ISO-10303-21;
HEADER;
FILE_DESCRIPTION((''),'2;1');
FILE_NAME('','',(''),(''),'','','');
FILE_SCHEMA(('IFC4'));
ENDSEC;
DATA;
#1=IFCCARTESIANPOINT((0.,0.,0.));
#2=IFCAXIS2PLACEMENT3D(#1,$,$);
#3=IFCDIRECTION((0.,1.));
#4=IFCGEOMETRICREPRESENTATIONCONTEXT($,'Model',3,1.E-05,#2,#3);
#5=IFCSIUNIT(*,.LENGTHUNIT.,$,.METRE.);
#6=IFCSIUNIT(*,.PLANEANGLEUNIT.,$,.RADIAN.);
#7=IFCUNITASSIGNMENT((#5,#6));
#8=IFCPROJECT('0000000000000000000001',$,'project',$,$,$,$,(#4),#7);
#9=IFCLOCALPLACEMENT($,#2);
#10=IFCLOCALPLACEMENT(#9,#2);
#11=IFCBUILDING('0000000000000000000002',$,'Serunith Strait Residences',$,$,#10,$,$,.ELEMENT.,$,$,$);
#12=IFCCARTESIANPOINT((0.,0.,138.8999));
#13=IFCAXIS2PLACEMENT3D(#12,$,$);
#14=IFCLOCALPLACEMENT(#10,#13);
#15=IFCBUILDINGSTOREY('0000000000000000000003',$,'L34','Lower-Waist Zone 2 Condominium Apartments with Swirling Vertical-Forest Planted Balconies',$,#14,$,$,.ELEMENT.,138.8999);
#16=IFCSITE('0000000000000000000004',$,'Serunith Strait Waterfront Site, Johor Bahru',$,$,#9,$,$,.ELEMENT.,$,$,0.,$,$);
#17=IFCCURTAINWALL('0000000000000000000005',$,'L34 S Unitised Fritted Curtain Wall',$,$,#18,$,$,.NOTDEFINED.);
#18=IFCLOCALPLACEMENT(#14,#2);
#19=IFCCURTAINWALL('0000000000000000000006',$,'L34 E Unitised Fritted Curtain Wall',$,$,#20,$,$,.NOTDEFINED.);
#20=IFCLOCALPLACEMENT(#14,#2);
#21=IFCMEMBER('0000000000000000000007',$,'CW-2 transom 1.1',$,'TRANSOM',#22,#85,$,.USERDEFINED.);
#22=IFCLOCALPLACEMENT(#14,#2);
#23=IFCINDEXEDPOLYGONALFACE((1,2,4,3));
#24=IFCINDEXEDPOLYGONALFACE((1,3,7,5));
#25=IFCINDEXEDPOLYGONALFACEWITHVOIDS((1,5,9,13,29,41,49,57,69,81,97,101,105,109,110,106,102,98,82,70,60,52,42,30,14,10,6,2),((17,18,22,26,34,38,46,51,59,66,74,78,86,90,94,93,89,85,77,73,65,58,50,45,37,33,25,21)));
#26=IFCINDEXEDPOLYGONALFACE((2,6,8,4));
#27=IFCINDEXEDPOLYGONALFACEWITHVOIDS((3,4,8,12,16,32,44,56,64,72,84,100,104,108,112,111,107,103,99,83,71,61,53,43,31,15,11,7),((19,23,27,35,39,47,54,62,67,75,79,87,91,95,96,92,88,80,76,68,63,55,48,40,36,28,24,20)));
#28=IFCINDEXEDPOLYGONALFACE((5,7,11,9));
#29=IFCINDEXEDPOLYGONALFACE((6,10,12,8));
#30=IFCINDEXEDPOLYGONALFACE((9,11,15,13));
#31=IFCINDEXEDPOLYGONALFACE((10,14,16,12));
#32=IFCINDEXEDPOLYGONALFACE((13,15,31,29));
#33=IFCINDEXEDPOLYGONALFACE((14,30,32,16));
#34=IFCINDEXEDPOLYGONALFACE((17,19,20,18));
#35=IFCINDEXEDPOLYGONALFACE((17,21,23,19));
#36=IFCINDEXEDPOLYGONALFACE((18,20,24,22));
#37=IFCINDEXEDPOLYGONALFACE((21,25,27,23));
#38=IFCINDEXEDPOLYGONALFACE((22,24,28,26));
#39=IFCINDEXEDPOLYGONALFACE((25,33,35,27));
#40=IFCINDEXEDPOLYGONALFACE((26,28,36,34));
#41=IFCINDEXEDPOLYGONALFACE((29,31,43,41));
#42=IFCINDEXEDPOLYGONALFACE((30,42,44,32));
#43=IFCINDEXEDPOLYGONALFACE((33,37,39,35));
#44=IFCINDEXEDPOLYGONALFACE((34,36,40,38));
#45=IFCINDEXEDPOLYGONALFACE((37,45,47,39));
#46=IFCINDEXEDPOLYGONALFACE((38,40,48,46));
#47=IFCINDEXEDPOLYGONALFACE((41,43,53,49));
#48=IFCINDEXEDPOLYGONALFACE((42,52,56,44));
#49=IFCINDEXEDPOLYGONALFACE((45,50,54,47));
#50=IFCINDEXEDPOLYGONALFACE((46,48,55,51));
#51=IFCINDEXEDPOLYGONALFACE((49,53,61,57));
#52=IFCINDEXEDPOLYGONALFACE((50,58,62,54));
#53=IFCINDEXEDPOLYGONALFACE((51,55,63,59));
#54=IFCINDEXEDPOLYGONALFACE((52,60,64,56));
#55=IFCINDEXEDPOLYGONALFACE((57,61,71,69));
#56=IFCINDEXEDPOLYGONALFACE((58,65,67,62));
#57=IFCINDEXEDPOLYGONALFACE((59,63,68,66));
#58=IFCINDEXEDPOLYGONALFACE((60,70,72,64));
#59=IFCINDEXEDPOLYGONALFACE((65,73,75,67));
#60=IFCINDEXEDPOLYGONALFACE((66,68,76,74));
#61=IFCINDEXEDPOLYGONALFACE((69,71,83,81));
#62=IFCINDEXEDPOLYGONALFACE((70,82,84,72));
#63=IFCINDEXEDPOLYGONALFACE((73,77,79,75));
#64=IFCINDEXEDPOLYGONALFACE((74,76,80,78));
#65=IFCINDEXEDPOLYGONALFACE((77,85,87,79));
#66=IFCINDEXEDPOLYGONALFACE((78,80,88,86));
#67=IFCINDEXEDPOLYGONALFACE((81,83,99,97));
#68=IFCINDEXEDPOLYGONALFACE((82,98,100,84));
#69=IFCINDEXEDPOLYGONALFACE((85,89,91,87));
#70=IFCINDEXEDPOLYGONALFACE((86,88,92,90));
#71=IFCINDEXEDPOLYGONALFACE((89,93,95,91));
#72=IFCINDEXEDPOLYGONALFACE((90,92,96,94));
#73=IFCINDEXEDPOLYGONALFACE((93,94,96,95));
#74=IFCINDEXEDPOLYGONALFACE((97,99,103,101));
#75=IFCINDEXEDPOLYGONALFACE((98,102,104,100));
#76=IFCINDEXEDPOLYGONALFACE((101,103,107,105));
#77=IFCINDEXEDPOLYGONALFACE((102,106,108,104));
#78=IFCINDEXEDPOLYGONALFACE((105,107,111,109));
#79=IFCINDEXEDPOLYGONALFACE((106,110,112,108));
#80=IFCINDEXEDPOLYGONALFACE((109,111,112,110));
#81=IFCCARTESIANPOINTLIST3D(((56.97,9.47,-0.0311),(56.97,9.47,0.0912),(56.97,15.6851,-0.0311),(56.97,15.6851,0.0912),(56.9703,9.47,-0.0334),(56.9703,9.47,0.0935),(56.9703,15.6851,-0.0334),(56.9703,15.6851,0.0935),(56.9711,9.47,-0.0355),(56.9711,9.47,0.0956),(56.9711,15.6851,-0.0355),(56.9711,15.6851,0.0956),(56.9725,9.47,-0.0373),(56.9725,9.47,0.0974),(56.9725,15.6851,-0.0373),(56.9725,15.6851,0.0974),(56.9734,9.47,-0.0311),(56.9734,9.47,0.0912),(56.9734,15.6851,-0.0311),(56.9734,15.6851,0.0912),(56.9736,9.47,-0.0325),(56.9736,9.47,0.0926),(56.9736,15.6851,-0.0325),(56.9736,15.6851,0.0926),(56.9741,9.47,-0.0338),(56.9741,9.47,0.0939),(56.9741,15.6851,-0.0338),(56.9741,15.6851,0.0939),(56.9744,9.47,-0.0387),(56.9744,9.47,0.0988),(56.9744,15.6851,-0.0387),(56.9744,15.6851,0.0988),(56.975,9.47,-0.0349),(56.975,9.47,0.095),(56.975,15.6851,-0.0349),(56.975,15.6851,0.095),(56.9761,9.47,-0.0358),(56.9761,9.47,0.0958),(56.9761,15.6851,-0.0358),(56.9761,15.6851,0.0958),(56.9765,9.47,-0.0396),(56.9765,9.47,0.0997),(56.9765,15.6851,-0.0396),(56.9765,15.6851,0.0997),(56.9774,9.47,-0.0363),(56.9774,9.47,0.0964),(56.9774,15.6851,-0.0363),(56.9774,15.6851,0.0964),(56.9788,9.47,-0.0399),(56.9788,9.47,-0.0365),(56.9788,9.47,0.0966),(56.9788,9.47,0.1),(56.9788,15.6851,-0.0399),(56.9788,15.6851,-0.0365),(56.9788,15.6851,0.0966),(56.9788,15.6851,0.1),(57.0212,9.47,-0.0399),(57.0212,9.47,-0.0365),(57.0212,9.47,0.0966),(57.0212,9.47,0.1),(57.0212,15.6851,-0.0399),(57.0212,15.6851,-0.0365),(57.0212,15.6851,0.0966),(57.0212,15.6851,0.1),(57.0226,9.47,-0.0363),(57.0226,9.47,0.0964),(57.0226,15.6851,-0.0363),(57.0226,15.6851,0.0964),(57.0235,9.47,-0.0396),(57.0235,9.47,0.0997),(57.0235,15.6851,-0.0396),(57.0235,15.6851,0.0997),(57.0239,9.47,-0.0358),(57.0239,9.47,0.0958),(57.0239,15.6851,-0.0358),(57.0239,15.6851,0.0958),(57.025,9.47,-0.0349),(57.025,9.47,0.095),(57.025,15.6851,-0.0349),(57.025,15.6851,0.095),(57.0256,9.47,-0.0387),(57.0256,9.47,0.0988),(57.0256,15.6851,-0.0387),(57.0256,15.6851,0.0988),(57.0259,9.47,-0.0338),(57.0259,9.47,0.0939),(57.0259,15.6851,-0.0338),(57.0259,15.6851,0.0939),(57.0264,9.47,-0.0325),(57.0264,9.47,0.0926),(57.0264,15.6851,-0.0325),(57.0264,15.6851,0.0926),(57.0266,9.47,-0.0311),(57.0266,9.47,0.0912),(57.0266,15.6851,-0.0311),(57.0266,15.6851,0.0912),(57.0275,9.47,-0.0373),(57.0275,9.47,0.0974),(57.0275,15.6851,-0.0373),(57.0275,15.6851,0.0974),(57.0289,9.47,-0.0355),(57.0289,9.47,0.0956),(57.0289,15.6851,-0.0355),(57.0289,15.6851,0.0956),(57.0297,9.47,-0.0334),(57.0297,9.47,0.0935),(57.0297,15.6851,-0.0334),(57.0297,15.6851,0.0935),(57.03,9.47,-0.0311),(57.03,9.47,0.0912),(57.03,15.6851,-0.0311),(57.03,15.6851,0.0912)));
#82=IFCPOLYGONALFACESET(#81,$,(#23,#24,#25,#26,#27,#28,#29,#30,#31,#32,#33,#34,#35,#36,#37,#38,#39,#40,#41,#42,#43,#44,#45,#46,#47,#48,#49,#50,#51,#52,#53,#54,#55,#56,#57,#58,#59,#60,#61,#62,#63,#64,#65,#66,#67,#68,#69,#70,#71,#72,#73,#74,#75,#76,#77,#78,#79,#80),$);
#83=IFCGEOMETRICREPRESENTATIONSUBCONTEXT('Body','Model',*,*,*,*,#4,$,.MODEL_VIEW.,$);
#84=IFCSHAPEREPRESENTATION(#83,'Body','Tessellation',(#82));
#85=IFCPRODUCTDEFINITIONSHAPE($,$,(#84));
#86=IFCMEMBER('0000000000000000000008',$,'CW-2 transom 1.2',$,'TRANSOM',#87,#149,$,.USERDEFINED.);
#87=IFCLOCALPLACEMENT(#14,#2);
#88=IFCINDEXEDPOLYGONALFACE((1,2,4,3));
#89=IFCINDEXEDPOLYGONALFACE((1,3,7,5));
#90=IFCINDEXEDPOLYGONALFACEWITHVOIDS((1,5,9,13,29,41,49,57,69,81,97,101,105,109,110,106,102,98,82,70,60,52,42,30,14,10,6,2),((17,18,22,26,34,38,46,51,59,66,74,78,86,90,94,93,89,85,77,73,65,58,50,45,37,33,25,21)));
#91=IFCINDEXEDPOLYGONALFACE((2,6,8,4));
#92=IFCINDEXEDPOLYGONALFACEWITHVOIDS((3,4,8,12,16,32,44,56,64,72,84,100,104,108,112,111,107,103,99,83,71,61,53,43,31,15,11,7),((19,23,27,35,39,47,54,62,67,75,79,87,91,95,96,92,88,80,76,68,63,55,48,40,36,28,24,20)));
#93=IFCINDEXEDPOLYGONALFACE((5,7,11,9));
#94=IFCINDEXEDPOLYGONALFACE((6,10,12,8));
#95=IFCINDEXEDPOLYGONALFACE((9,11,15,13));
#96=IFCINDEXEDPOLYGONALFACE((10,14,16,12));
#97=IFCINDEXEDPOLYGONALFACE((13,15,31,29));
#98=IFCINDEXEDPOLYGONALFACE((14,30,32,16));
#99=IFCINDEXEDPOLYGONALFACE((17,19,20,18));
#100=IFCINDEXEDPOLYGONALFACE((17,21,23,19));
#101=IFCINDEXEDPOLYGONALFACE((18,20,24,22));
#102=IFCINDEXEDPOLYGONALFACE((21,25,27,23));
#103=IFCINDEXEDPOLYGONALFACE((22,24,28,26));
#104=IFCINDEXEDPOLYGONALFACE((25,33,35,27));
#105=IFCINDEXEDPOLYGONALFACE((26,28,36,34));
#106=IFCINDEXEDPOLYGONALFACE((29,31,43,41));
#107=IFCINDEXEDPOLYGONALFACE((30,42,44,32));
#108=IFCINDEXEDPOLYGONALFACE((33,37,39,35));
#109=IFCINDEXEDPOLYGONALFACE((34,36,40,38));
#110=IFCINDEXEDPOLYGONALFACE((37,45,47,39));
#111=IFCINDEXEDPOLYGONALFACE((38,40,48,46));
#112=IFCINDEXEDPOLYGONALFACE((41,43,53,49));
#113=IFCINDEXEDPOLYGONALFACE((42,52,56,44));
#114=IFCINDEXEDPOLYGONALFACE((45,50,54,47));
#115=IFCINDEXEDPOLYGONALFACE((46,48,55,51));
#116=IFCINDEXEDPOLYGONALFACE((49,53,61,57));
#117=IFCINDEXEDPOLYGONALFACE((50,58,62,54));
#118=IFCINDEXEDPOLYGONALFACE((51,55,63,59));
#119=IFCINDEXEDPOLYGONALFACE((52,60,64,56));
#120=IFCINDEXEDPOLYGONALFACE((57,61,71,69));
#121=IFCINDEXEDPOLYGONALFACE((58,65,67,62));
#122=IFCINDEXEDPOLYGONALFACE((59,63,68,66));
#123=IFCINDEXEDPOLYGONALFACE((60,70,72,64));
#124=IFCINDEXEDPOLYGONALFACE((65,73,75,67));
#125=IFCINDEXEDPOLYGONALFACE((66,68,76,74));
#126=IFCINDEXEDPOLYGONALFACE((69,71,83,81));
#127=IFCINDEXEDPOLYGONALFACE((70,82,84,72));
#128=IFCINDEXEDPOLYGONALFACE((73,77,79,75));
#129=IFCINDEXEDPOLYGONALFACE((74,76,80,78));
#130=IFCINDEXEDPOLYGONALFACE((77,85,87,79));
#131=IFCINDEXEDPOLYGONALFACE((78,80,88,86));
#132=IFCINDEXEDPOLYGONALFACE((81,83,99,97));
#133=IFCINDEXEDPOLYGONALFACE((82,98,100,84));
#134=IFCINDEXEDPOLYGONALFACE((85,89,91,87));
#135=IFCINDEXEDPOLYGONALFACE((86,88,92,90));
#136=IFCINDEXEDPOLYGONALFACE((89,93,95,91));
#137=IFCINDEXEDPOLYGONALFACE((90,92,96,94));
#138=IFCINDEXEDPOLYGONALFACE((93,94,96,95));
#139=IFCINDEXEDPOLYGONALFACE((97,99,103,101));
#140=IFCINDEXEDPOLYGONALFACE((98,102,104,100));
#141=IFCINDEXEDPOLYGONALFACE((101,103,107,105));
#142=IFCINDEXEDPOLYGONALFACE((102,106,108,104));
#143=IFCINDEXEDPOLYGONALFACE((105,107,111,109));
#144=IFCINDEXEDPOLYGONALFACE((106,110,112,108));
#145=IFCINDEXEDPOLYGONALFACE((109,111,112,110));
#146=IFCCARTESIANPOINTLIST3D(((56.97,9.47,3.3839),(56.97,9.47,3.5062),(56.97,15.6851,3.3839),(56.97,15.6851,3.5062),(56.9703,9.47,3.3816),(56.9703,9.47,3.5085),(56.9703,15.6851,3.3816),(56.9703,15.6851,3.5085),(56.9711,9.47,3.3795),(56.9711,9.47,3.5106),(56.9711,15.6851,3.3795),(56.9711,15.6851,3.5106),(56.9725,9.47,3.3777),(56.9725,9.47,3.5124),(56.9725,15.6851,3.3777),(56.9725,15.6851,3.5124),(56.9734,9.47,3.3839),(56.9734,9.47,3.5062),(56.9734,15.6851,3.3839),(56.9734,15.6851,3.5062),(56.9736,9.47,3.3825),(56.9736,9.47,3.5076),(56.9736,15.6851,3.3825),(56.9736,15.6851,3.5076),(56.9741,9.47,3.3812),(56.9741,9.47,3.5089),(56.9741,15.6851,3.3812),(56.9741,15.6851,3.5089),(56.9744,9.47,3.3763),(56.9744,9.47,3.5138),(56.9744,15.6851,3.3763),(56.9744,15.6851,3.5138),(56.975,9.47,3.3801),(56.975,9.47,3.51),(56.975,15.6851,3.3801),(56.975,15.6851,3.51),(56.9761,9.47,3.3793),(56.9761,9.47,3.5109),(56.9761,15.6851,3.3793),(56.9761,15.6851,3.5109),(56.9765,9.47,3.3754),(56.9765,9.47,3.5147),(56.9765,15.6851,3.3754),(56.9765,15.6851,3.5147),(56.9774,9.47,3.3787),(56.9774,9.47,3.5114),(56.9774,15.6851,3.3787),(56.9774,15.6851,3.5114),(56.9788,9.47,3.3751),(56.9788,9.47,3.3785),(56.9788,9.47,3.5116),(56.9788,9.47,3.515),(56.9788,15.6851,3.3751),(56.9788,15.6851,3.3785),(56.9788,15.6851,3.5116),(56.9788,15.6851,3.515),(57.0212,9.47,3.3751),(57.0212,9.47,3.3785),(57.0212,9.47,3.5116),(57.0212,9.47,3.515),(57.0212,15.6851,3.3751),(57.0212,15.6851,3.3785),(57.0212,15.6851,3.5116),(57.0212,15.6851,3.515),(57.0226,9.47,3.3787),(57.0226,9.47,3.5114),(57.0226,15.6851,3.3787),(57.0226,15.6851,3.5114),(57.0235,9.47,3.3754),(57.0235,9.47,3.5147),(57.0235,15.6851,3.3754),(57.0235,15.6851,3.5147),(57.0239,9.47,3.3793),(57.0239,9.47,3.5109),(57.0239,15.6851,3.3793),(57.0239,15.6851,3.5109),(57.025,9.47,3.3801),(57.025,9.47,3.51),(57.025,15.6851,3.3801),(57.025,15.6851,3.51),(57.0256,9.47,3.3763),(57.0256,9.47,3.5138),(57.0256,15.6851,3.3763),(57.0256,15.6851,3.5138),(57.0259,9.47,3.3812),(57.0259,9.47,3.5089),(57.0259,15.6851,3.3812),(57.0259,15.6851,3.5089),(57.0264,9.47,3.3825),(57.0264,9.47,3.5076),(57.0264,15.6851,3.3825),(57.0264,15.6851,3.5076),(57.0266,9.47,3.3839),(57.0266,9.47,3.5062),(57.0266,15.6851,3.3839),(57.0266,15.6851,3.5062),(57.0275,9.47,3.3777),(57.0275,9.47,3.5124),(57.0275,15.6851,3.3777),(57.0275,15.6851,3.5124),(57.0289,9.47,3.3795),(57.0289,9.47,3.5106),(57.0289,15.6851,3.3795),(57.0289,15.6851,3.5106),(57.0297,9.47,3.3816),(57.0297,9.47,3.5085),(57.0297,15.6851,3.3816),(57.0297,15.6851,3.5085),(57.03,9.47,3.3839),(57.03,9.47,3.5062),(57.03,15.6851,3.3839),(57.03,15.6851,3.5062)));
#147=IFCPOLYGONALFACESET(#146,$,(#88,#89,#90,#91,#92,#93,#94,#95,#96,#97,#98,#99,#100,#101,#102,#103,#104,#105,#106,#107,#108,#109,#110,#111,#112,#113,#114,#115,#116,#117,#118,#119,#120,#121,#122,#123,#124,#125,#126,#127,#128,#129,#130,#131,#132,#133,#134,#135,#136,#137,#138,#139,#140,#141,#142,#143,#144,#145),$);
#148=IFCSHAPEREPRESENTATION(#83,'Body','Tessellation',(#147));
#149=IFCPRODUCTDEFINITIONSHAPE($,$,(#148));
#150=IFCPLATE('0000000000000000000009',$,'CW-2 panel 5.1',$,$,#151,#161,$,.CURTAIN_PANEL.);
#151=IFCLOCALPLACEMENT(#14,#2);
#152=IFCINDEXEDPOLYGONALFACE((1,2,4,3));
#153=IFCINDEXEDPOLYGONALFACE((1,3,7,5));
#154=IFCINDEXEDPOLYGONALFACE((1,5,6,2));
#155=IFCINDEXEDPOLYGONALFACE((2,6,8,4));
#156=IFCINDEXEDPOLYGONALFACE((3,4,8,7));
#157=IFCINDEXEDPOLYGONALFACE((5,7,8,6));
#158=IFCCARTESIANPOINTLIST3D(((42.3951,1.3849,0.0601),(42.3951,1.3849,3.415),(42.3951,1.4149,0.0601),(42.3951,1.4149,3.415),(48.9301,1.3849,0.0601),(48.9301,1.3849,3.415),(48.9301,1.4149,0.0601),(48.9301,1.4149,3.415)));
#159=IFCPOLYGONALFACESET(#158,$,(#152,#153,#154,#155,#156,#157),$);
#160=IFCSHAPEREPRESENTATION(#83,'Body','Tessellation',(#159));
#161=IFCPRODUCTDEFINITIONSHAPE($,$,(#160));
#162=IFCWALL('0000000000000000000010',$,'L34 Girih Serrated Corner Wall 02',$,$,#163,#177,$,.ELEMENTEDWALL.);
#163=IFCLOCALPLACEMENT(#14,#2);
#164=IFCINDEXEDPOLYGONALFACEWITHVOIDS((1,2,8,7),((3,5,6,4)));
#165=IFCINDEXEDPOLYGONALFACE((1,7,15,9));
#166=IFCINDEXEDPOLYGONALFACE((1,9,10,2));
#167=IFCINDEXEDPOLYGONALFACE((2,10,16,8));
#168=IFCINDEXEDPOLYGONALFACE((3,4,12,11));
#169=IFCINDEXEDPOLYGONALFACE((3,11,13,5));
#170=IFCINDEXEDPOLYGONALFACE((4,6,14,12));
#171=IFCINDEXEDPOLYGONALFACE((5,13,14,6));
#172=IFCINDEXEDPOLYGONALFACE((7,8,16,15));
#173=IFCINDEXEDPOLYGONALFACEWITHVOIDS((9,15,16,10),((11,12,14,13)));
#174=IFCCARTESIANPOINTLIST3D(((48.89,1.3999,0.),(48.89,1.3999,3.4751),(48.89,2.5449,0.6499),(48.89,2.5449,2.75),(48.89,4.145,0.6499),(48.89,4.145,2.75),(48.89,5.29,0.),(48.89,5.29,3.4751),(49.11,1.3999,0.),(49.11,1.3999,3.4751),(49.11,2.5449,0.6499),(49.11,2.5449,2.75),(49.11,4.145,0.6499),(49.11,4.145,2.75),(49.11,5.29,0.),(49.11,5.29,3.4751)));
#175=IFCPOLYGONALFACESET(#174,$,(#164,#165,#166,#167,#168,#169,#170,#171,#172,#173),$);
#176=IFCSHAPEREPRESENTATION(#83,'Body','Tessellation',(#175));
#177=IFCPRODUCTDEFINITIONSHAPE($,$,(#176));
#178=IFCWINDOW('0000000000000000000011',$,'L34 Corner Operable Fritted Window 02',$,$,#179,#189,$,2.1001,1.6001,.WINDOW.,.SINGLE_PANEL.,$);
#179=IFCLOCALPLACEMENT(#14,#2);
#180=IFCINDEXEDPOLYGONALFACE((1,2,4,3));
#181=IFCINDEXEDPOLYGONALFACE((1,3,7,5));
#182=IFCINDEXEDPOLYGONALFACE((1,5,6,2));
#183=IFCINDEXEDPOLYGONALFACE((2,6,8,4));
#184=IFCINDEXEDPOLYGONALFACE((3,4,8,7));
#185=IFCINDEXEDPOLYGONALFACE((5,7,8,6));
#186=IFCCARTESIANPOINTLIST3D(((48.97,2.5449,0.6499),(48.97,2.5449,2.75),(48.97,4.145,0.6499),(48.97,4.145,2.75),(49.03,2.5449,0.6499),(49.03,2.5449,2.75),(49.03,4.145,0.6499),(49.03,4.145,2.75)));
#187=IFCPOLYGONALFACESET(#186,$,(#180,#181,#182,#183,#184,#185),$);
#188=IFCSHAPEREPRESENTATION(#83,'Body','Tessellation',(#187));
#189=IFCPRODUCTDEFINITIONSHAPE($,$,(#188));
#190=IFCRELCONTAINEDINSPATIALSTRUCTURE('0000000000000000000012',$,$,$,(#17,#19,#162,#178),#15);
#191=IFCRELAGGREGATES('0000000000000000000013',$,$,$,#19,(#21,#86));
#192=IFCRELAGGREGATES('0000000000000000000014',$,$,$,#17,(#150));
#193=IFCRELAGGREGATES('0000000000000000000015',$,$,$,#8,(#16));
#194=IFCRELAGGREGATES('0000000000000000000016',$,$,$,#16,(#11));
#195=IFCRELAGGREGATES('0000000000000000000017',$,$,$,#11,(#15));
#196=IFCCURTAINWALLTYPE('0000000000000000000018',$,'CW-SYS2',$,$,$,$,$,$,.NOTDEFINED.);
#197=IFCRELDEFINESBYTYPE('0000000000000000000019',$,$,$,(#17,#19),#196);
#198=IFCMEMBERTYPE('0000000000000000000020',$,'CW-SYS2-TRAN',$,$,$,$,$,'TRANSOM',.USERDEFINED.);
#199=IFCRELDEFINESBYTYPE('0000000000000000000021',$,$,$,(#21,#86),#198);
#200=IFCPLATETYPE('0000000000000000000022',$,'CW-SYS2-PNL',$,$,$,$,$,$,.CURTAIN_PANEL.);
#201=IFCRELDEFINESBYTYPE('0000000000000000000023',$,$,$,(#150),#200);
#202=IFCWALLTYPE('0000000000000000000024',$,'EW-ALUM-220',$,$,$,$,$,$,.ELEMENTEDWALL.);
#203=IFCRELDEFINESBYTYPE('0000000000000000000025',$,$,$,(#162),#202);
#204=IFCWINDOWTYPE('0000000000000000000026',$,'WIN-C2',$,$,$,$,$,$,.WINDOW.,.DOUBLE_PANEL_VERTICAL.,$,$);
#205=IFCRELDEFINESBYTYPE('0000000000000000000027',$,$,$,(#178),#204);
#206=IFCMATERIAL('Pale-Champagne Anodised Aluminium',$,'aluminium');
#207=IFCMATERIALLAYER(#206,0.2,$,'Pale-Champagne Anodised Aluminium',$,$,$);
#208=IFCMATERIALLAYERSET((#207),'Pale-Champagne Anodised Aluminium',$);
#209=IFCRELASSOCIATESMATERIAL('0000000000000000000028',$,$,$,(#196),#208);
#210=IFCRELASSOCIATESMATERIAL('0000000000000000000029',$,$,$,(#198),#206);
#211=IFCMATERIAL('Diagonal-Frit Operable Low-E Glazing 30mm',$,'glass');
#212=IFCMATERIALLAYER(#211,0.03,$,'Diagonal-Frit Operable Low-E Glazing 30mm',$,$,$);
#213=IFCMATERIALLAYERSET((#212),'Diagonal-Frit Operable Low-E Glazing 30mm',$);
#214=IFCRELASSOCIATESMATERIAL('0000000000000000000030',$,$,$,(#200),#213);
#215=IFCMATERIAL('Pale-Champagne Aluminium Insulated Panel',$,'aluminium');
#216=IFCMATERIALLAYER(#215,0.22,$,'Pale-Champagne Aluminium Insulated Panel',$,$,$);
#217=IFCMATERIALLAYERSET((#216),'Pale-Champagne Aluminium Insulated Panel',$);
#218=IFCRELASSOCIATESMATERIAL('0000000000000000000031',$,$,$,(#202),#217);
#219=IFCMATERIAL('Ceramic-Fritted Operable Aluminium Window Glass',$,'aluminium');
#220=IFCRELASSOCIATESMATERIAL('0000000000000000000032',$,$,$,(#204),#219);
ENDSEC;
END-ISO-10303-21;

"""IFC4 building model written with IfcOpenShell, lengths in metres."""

from ifc_helpers import new_model, si_unit, direction, frame, frame_2d, origin, origin_2d, place, context, subcontext, project, spatial, rectangle, hollow_rectangle, extrude, source, transform, mapped, material, layer, layer_set, material_profile, profile_set, type_object, element, fill, aggregate, save


model = new_model("IFC4")

# Units and contexts
model_context = context("Model", 3, precision=1e-05, world=origin(), true_north=direction((0.0, 1.0)))
body_context = subcontext(model_context, "Body", "Model", "MODEL_VIEW")
ifc_project = project(units=[si_unit("LENGTHUNIT", "METRE"), si_unit("PLANEANGLEUNIT", "RADIAN")], contexts=[model_context])

# Site, building, storey
site_placement = place(None, origin())
site = spatial("IfcSite", under=ifc_project, at=site_placement, Name="Serunith Strait Waterfront Site, Johor Bahru", CompositionType="ELEMENT", RefElevation=0.0)
building_placement = place(site_placement, origin())
building = spatial("IfcBuilding", under=site, at=building_placement, Name="Serunith Strait Residences", CompositionType="ELEMENT")
storey_placement = place(building_placement, frame((0.0, 0.0, 138.8999)))
storey = spatial("IfcBuildingStorey", under=building, at=storey_placement, Name="L34", Description="Lower-Waist Zone 2 Condominium Apartments with Swirling Vertical-Forest Planted Balconies", CompositionType="ELEMENT", Elevation=138.8999)

# Curtain wall
ifc_material_1 = material(Name="Pale-Champagne Anodised Aluminium", Category="aluminium")
ifc_layer_1 = layer(ifc_material_1, 0.2, Name="Pale-Champagne Anodised Aluminium")
ifc_layer_set_1 = layer_set([ifc_layer_1], Name="Pale-Champagne Anodised Aluminium")
curtain_wall_type = type_object("IfcCurtainWallType", Name="CW-SYS2", PredefinedType="NOTDEFINED", material=ifc_layer_set_1)
curtain_wall_1_placement = place(storey_placement, origin())
curtain_wall_1 = element("IfcCurtainWall", 1, at=curtain_wall_1_placement, inside=storey, type_object=curtain_wall_type, Name="L34 S Unitised Fritted Curtain Wall", PredefinedType="NOTDEFINED")

# Curtain wall, members
curtain_wall_2_placement = place(storey_placement, origin())
curtain_wall_2 = element("IfcCurtainWall", 2, at=curtain_wall_2_placement, inside=storey, type_object=curtain_wall_type, Name="L34 E Unitised Fritted Curtain Wall", PredefinedType="NOTDEFINED")
ifc_material_profile_1 = material_profile(ifc_material_1, hollow_rectangle(XDim=0.0601, YDim=0.1399, WallThickness=0.0034, InnerFilletRadius=0.0054, OuterFilletRadius=0.0088, at=origin_2d()), Name="ALU 140x60x3.5")
ifc_profile_set_1 = profile_set([ifc_material_profile_1], Name="Pale-Champagne Anodised Aluminium")
member_type_1 = type_object("IfcMemberType", Name="CW-SYS2-TRAN", ElementType="TRANSOM", PredefinedType="USERDEFINED", material=ifc_profile_set_1)
shared_shape_1 = source(origin(), body_context, "Body", "SweptSolid", [
    extrude(hollow_rectangle(XDim=0.0601, YDim=0.1399, WallThickness=0.0034, InnerFilletRadius=0.0054, OuterFilletRadius=0.0088, at=origin_2d()), origin(), (0.0, 0.0, 1.0), 6.2151),
])
member_1_placement = place(storey_placement, frame((57.0, 9.47, 0.03), z_axis=(0.0, 1.0, 0.0), x_axis=(-1.0, 0.0, 0.0)))
member_1 = element("IfcMember", 3, at=member_1_placement, type_object=member_type_1, Name="CW-2 transom 1.1", ObjectType="TRANSOM", PredefinedType="USERDEFINED", context=body_context, shape_type="MappedRepresentation", body=[
    mapped(shared_shape_1, transform((0.0, 0.0, 0.0), scale=1.0)),
])
member_2_placement = place(storey_placement, frame((57.0, 9.47, 3.4451), z_axis=(0.0, 1.0, 0.0), x_axis=(-1.0, 0.0, 0.0)))
member_2 = element("IfcMember", 4, at=member_2_placement, type_object=member_type_1, Name="CW-2 transom 1.2", ObjectType="TRANSOM", PredefinedType="USERDEFINED", context=body_context, shape_type="MappedRepresentation", body=[
    mapped(shared_shape_1, transform((0.0, 0.0, 0.0), scale=1.0)),
])
aggregate(curtain_wall_2, [member_1, member_2])

# Plate
ifc_material_2 = material(Name="Diagonal-Frit Operable Low-E Glazing 30mm", Category="glass")
ifc_layer_2 = layer(ifc_material_2, 0.03, Name="Diagonal-Frit Operable Low-E Glazing 30mm")
ifc_layer_set_2 = layer_set([ifc_layer_2], Name="Diagonal-Frit Operable Low-E Glazing 30mm")
plate_type = type_object("IfcPlateType", Name="CW-SYS2-PNL", PredefinedType="CURTAIN_PANEL", material=ifc_layer_set_2)
shared_shape_2 = source(origin(), body_context, "Body", "SweptSolid", [
    extrude(rectangle(XDim=6.5349, YDim=0.03, at=origin_2d()), origin(), (0.0, 0.0, 1.0), 3.355),
])
plate_placement = place(storey_placement, frame((45.6626, 1.3999, 0.0601), z_axis=(0.0, 0.0, 1.0), x_axis=(1.0, 0.0, 0.0)))
plate = element("IfcPlate", 5, at=plate_placement, type_object=plate_type, Name="CW-2 panel 5.1", PredefinedType="CURTAIN_PANEL", context=body_context, shape_type="MappedRepresentation", body=[
    mapped(shared_shape_2, transform((0.0, 0.0, 0.0), scale=1.0)),
])
aggregate(curtain_wall_1, [plate])

# Wall, opening, window
ifc_material_3 = material(Name="Pale-Champagne Aluminium Insulated Panel", Category="aluminium")
ifc_layer_3 = layer(ifc_material_3, 0.22, Name="Pale-Champagne Aluminium Insulated Panel")
ifc_layer_set_3 = layer_set([ifc_layer_3], Name="Pale-Champagne Aluminium Insulated Panel")
wall_type_1 = type_object("IfcWallType", Name="EW-ALUM-220", PredefinedType="ELEMENTEDWALL", material=ifc_layer_set_3)
wall_1_placement = place(storey_placement, frame((49.0, 1.3999, 0.0), z_axis=(0.0, 0.0, 1.0), x_axis=(0.0, 1.0, 0.0)))
wall_1 = element("IfcWall", 6, at=wall_1_placement, inside=storey, type_object=wall_type_1, Name="L34 Girih Serrated Corner Wall 02", PredefinedType="ELEMENTEDWALL", context=body_context, shape_type="SweptSolid", body=[
    extrude(rectangle(XDim=3.8901, YDim=0.22, at=frame_2d((1.9451, 0.0))), origin(), (0.0, 0.0, 1.0), 3.4751),
])
opening_1_placement = place(wall_1_placement, frame((1.145, 0.0, 0.6499)))
opening_1 = element("IfcOpeningElement", 7, at=opening_1_placement, cuts=wall_1, PredefinedType="OPENING", context=body_context, shape_type="SweptSolid", body=[
    extrude(rectangle(XDim=1.6001, YDim=2.1001, at=frame_2d((0.8, 1.05))), frame((0.0, 0.1201, 0.0), z_axis=(0.0, -1.0, 0.0), x_axis=(1.0, 0.0, 0.0)), (0.0, 0.0, 1.0), 0.24),
])
ifc_material_4 = material(Name="Ceramic-Fritted Operable Aluminium Window Glass", Category="aluminium")
window_type = type_object("IfcWindowType", Name="WIN-C2", PartitioningType="DOUBLE_PANEL_VERTICAL", PredefinedType="WINDOW", material=ifc_material_4)
shared_shape_3 = source(origin(), body_context, "Body", "SweptSolid", [
    extrude(rectangle(XDim=1.6001, YDim=2.1001, at=frame_2d((0.8, 1.05))), frame((0.0, 0.03, 0.0), z_axis=(0.0, -1.0, 0.0), x_axis=(1.0, 0.0, 0.0)), (0.0, 0.0, 1.0), 0.0601),
])
window_1_placement = place(opening_1_placement, origin())
window_1 = element("IfcWindow", 8, at=window_1_placement, inside=storey, type_object=window_type, Name="L34 Corner Operable Fritted Window 02", OverallHeight=2.1001, OverallWidth=1.6001, PartitioningType="SINGLE_PANEL", PredefinedType="WINDOW", context=body_context, shape_type="MappedRepresentation", body=[
    mapped(shared_shape_3, transform((0.0, 0.0, 0.0), scale=1.0)),
])
fill(opening_1, window_1)

save(model, "model.ifc")
